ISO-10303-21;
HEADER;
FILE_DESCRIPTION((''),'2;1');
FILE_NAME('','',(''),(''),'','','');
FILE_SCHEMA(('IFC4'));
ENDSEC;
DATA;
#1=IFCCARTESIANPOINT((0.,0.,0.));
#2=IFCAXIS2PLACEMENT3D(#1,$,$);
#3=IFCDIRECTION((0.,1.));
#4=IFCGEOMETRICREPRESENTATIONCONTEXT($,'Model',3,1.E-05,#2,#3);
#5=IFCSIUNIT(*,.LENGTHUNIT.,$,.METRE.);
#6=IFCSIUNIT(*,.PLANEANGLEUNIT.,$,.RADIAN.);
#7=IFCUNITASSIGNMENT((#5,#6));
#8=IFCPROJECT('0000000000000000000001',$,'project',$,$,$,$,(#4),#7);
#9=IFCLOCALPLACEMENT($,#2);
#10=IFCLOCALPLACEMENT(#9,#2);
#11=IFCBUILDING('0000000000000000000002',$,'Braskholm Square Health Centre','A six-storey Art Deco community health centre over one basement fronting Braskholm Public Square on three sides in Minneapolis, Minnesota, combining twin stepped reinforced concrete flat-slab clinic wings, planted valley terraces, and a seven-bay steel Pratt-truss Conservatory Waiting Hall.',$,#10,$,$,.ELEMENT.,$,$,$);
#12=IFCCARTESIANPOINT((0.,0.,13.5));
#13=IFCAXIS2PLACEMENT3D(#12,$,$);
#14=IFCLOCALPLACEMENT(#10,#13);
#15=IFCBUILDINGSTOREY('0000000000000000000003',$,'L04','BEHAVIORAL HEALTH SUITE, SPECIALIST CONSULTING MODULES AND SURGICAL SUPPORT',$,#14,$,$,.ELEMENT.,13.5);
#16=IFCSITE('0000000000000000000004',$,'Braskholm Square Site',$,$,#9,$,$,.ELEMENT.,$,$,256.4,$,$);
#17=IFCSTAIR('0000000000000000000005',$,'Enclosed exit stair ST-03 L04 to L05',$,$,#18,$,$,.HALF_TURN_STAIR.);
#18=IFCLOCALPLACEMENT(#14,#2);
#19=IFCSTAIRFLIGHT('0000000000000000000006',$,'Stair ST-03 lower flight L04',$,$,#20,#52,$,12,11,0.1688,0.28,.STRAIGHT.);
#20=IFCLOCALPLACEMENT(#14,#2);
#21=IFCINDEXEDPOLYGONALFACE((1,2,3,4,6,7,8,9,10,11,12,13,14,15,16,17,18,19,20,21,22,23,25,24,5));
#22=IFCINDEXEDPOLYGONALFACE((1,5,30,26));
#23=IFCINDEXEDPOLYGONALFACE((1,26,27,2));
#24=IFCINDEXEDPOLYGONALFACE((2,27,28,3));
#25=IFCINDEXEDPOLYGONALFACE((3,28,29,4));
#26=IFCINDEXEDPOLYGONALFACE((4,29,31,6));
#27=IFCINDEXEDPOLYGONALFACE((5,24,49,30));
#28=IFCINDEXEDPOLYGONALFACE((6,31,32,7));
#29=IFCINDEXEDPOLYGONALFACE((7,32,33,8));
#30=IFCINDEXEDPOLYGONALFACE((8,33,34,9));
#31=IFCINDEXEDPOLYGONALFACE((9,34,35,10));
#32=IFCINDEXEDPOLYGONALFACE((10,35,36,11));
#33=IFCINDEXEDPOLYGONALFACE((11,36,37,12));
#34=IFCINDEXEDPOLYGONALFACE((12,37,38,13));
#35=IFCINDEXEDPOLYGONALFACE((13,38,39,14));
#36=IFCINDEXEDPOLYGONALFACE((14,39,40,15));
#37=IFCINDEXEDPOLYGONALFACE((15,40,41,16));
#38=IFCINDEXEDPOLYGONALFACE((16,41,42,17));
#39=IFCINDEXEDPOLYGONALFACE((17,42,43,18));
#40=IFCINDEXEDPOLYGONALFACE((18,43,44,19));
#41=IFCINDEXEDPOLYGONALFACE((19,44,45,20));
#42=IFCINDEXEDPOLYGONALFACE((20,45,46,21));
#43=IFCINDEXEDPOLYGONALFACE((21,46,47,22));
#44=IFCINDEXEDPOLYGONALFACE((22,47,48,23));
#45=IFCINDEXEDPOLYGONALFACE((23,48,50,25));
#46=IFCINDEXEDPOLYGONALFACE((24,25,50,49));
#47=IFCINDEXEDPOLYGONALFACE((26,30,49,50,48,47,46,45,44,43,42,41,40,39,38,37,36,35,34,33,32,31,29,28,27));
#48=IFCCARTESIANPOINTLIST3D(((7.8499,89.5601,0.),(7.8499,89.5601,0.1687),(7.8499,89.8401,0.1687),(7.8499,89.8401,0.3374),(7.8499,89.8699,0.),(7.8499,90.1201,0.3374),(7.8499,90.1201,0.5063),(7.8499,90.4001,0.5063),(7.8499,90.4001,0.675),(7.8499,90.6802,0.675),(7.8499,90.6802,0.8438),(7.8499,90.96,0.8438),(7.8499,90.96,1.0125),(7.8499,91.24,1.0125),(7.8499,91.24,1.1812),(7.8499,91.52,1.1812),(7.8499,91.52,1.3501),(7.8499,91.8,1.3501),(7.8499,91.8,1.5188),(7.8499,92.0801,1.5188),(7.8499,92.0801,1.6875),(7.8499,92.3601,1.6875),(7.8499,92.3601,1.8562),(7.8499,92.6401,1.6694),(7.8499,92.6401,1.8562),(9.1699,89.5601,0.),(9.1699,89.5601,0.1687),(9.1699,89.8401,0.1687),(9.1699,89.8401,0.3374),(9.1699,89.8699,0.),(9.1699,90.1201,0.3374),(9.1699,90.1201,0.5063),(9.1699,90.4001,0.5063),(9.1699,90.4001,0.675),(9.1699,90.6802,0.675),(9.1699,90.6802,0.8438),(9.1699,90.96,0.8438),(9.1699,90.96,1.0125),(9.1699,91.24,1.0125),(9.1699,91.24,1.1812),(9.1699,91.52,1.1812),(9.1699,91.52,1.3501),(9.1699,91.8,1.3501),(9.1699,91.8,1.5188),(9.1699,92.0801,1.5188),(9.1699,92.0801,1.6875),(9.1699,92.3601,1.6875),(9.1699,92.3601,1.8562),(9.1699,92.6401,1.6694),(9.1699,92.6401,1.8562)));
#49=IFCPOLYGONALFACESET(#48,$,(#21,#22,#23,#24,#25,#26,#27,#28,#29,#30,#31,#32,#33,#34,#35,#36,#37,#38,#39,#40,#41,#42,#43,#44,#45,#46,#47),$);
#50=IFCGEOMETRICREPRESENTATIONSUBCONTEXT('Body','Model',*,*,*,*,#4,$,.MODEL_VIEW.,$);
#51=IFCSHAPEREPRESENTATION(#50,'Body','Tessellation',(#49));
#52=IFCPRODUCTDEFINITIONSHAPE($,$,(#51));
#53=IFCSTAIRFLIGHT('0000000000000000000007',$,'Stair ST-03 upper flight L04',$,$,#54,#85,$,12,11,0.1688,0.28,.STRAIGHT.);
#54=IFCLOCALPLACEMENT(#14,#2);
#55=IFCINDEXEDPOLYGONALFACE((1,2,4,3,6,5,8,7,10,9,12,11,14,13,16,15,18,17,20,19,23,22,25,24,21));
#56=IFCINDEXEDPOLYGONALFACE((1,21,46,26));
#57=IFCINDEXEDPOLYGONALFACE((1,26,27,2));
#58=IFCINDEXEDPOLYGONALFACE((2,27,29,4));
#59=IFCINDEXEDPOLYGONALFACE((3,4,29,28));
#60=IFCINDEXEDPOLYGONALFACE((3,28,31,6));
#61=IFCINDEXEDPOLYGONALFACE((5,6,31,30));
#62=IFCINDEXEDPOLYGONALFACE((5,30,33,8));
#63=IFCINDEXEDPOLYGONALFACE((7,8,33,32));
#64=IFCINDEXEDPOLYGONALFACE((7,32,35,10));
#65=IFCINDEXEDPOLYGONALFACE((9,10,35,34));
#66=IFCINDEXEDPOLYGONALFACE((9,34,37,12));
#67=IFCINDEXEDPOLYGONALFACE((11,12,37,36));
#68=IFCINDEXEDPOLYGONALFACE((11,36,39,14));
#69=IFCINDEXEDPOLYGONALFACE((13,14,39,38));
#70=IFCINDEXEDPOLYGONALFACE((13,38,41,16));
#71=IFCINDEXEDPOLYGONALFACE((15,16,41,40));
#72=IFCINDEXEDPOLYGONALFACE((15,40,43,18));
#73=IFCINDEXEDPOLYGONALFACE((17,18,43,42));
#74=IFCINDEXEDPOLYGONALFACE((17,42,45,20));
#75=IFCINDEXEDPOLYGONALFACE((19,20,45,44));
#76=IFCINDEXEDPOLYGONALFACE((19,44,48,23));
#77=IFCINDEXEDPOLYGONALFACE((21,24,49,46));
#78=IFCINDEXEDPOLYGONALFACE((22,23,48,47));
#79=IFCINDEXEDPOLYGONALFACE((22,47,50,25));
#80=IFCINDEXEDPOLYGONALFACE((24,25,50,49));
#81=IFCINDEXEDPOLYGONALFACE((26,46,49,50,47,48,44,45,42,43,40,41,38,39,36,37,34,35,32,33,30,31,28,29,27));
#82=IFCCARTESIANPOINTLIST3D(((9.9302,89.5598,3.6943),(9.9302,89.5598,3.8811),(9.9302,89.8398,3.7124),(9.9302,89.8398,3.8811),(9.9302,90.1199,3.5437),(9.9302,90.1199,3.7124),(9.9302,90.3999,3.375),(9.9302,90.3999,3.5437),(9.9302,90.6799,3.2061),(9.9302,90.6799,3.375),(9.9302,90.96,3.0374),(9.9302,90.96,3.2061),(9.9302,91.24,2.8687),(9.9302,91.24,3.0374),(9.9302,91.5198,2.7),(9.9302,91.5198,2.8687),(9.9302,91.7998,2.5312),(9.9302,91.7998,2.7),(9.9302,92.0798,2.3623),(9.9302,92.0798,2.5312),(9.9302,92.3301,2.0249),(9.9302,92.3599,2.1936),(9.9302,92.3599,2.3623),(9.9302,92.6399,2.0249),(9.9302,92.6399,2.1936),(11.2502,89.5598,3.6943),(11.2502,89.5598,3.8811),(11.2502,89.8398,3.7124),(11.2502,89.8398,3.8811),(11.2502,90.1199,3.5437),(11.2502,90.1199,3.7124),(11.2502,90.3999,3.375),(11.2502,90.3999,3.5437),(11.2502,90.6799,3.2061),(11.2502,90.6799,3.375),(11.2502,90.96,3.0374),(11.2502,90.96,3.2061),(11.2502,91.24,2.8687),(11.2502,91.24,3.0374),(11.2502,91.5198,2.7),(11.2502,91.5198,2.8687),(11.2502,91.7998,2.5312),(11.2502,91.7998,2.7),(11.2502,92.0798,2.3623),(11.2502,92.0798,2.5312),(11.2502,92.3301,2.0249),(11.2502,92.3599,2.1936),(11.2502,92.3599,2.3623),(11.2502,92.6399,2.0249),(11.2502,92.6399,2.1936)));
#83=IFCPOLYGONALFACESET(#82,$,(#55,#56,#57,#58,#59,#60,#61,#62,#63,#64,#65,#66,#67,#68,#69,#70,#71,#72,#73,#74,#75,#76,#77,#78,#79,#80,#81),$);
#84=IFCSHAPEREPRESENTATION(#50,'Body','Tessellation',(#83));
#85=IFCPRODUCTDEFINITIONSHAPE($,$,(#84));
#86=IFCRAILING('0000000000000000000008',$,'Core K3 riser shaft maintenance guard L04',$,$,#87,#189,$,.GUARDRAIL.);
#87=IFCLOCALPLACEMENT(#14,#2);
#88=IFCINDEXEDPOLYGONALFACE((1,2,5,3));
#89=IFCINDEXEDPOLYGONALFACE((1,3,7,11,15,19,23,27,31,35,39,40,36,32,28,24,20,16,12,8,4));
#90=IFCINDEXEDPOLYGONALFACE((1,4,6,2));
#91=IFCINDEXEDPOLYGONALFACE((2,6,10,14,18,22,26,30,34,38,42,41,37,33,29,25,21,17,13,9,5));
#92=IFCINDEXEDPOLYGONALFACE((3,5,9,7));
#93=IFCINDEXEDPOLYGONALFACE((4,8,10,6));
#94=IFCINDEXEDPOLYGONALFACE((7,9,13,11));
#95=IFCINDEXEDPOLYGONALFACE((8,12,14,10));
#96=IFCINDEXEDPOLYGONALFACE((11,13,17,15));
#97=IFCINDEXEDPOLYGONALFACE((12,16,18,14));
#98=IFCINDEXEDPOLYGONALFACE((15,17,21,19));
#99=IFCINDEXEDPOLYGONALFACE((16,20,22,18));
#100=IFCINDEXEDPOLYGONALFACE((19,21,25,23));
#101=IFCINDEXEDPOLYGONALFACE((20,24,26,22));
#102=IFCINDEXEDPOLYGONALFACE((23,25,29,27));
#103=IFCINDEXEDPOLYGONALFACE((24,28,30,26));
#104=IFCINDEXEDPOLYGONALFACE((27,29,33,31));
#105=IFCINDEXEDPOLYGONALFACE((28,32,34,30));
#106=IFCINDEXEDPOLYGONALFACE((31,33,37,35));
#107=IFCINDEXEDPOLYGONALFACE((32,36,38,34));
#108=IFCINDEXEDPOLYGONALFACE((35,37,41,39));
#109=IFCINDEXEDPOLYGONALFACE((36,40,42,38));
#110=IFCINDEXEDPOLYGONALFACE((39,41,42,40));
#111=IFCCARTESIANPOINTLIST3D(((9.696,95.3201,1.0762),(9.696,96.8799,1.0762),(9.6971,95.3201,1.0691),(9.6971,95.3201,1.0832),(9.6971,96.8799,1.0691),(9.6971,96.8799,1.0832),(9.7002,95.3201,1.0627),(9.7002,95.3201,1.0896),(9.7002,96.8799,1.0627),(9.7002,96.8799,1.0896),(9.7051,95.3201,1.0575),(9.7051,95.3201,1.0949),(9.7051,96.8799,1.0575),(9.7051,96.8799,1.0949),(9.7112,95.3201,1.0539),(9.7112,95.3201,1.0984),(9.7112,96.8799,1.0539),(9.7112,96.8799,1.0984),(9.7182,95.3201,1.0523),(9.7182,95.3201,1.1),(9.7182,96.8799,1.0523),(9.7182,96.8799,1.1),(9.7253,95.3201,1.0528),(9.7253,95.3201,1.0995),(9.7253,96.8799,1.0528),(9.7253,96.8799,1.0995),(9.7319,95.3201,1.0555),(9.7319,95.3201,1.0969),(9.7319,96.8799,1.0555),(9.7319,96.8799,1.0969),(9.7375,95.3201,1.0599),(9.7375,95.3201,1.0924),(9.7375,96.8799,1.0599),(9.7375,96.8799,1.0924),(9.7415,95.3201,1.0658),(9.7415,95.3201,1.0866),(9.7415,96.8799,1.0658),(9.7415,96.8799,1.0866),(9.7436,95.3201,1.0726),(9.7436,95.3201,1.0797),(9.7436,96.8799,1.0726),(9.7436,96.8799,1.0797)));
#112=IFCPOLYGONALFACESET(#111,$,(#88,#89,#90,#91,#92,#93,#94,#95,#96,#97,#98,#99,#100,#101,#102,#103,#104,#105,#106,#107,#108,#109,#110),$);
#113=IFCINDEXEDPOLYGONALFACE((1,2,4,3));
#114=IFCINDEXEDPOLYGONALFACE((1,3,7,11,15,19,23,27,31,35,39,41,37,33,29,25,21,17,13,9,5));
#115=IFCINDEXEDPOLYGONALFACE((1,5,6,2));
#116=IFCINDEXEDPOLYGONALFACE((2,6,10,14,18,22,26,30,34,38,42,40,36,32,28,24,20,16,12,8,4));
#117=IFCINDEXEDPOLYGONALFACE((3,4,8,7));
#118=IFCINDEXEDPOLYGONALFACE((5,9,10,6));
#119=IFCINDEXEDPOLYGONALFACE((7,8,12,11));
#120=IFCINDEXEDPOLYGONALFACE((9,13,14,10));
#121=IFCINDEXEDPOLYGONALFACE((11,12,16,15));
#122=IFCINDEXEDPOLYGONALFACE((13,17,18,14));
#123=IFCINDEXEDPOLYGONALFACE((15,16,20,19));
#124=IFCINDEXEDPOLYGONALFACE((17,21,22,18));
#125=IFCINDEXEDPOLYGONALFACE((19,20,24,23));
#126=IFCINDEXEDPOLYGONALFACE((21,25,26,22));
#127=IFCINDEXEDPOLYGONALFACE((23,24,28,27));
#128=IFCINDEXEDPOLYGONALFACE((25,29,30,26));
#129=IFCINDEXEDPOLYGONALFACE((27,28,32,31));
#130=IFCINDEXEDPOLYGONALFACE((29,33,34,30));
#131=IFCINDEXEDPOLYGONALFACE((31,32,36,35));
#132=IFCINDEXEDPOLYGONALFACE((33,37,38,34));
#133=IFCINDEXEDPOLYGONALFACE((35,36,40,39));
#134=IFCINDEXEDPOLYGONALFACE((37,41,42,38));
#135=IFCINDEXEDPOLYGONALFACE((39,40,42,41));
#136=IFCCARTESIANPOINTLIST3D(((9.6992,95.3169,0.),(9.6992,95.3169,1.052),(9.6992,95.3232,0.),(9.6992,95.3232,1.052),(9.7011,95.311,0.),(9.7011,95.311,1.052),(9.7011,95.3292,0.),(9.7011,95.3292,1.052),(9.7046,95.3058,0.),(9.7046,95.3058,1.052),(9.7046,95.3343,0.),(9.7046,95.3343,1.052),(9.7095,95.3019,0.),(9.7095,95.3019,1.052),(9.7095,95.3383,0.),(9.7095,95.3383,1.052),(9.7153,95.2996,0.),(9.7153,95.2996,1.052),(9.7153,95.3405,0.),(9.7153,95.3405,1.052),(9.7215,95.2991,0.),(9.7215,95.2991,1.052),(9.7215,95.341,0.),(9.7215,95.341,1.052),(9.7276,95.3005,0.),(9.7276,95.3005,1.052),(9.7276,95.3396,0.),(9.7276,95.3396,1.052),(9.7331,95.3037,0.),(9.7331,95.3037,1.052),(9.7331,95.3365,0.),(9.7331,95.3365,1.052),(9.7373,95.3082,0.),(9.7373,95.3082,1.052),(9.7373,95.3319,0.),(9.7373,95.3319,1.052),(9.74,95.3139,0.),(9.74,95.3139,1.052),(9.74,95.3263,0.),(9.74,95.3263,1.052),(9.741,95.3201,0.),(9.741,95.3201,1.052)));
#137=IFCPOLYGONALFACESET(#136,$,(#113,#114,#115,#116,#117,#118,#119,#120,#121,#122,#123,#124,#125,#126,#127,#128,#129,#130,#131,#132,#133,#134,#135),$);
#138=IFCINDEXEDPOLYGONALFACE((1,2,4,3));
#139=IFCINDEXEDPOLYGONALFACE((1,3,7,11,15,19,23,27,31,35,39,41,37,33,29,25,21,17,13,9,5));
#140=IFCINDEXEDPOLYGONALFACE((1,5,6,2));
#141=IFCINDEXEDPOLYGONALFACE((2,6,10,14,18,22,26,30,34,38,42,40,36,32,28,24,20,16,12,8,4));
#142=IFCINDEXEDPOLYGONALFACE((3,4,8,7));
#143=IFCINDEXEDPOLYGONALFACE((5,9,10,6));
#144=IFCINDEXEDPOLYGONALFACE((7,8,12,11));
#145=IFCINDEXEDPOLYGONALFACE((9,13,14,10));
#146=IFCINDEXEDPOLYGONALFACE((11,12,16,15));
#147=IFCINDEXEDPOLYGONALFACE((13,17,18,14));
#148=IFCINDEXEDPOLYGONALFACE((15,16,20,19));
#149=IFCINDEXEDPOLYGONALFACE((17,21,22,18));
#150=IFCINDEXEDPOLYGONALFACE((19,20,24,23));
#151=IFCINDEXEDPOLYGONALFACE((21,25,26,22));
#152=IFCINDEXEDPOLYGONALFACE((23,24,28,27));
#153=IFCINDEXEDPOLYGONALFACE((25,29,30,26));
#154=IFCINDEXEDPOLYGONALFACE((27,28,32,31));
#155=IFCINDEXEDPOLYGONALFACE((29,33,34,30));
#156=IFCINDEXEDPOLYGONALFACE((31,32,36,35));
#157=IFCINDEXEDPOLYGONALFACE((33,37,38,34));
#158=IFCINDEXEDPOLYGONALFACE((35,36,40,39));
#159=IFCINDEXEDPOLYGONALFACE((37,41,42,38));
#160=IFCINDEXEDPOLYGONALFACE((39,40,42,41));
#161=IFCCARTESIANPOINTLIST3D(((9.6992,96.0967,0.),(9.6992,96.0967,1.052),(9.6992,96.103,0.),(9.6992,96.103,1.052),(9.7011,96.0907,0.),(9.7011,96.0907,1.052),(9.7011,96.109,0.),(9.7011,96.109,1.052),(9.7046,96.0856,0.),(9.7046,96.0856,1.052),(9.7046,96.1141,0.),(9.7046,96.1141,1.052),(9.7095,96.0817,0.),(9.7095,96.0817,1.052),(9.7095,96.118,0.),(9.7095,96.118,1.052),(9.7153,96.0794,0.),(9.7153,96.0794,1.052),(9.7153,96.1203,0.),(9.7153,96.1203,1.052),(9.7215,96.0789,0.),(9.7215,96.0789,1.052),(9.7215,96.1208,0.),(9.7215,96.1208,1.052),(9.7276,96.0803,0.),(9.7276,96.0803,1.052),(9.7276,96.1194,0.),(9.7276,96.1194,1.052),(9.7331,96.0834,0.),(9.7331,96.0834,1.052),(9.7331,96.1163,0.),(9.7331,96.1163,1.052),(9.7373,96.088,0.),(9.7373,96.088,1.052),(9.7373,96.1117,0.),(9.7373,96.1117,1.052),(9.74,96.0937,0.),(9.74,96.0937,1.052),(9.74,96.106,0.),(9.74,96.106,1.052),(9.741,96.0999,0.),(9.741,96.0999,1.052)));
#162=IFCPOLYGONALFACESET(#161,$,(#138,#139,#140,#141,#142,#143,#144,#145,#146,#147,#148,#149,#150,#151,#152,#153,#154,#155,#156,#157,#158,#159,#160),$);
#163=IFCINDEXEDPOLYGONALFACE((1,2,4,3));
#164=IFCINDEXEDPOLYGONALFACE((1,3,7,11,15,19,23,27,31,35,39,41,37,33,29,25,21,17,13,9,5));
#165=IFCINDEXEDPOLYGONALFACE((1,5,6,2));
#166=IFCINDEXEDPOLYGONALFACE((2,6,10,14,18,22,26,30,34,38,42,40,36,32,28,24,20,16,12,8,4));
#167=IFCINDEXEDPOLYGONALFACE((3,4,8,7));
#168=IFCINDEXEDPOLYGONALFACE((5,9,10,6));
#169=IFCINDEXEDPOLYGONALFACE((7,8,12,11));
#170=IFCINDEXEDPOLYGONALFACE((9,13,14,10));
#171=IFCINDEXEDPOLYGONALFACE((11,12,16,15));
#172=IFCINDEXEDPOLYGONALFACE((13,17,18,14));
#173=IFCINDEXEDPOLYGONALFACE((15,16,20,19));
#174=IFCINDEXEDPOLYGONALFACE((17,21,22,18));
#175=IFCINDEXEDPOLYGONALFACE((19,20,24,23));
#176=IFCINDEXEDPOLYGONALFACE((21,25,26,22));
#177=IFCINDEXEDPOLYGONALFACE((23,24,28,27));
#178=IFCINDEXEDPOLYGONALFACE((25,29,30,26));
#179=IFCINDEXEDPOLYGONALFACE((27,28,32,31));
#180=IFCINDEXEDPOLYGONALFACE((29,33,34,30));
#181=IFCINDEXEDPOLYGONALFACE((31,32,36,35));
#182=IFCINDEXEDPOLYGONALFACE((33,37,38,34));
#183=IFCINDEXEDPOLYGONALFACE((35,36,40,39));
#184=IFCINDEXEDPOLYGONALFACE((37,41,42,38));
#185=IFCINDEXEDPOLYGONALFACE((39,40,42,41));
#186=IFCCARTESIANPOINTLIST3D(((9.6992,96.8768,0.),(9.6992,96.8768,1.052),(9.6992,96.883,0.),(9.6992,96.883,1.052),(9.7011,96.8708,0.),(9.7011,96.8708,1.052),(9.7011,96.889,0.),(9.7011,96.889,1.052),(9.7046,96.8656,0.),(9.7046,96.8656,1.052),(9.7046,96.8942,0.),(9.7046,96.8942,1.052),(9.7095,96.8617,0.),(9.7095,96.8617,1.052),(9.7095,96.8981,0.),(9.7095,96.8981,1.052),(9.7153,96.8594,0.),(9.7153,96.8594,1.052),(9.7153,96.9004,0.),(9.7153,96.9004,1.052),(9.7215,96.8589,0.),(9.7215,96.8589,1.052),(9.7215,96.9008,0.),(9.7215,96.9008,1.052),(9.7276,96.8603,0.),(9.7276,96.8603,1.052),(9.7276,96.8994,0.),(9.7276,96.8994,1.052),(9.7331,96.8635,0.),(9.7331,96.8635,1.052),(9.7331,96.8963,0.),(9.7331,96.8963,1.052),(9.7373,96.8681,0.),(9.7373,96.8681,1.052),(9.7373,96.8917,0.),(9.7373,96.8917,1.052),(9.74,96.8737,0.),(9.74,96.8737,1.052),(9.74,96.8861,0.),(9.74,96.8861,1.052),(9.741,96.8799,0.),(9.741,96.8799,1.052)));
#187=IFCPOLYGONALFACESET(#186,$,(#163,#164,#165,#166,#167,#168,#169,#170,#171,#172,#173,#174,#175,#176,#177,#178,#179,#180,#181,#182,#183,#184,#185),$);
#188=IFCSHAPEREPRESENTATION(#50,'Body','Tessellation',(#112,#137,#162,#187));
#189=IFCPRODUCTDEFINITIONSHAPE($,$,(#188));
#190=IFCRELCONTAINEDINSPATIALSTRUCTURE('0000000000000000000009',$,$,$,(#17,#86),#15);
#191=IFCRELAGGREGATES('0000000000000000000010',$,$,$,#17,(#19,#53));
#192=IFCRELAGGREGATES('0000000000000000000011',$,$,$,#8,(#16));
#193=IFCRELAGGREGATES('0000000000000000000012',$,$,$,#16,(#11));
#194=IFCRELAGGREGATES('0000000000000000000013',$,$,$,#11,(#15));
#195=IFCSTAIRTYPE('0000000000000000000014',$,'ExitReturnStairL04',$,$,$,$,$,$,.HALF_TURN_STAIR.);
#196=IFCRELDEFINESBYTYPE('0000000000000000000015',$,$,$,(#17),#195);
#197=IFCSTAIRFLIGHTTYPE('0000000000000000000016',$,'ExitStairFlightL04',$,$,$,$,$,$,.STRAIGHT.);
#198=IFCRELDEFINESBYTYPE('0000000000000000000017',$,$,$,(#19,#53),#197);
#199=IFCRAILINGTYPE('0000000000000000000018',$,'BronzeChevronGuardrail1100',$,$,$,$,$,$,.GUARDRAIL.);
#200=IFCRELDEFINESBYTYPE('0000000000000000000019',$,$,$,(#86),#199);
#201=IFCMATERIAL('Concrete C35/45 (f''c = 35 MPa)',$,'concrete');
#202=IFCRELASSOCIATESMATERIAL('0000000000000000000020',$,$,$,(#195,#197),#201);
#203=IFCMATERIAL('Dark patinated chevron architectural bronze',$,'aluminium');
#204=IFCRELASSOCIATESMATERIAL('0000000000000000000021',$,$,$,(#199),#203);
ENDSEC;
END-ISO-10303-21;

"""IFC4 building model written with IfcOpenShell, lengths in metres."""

from ifc_helpers import new_model, si_unit, direction, frame, origin, origin_2d, place, context, subcontext, project, spatial, polyline, circle, outline, extrude, material, type_object, element, aggregate, save


model = new_model("IFC4")

# Units and contexts
model_context = context("Model", 3, precision=1e-05, world=origin(), true_north=direction((0.0, 1.0)))
body_context = subcontext(model_context, "Body", "Model", "MODEL_VIEW")
ifc_project = project(units=[si_unit("LENGTHUNIT", "METRE"), si_unit("PLANEANGLEUNIT", "RADIAN")], contexts=[model_context])

# Site, building, storey
site_placement = place(None, origin())
site = spatial("IfcSite", under=ifc_project, at=site_placement, Name="Braskholm Square Site", CompositionType="ELEMENT", RefElevation=256.4)
building_placement = place(site_placement, origin())
building = spatial("IfcBuilding", under=site, at=building_placement, Name="Braskholm Square Health Centre", Description="A six-storey Art Deco community health centre over one basement fronting Braskholm Public Square on three sides in Minneapolis, Minnesota, combining twin stepped reinforced concrete flat-slab clinic wings, planted valley terraces, and a seven-bay steel Pratt-truss Conservatory Waiting Hall.", CompositionType="ELEMENT")
storey_placement = place(building_placement, frame((0.0, 0.0, 13.5)))
storey = spatial("IfcBuildingStorey", under=building, at=storey_placement, Name="L04", Description="BEHAVIORAL HEALTH SUITE, SPECIALIST CONSULTING MODULES AND SURGICAL SUPPORT", CompositionType="ELEMENT", Elevation=13.5)

# Shared definitions
ifc_material_1 = material(Name="Concrete C35/45 (f'c = 35 MPa)", Category="concrete")

# Stair, stair flights
stair_type = type_object("IfcStairType", Name="ExitReturnStairL04", PredefinedType="HALF_TURN_STAIR", material=ifc_material_1)
stair_placement = place(storey_placement, origin())
stair = element("IfcStair", 1, at=stair_placement, inside=storey, type_object=stair_type, Name="Enclosed exit stair ST-03 L04 to L05", PredefinedType="HALF_TURN_STAIR")
stair_flight_type = type_object("IfcStairFlightType", Name="ExitStairFlightL04", PredefinedType="STRAIGHT", material=ifc_material_1)
stair_flight_1_placement = place(storey_placement, frame((8.51, 89.5601, 0.0), z_axis=(0.0, 0.0, 1.0), x_axis=(0.0, 1.0, 0.0)))
stair_flight_1 = element("IfcStairFlight", 2, at=stair_flight_1_placement, type_object=stair_flight_type, Name="Stair ST-03 lower flight L04", NumberOfRisers=12, NumberOfTreads=11, PredefinedType="STRAIGHT", RiserHeight=0.1688, TreadLength=0.28, context=body_context, shape_type="SweptSolid", body=[
    extrude(outline(polyline([(0.0, 0.0), (0.0, 0.1687), (0.28, 0.1687), (0.28, 0.3374), (0.5601, 0.3374), (0.5601, 0.5063), (0.8401, 0.5063), (0.8401, 0.675), (1.1201, 0.675), (1.1201, 0.8438), (1.3999, 0.8438), (1.3999, 1.0125), (1.6799, 1.0125), (1.6799, 1.1812), (1.96, 1.1812), (1.96, 1.3501), (2.24, 1.3501), (2.24, 1.5188), (2.52, 1.5188), (2.52, 1.6875), (2.8, 1.6875), (2.8, 1.8562), (3.0801, 1.8562), (3.0801, 2.0249), (3.0801, 1.6694), (0.3098, 0.0), (0.0, 0.0)])), frame((0.0, 0.6602, 0.0), z_axis=(0.0, -1.0, 0.0), x_axis=(1.0, 0.0, 0.0)), (0.0, 0.0, 1.0), 1.3201),
])
stair_flight_2_placement = place(storey_placement, frame((10.5901, 92.6399, 2.0249), z_axis=(0.0, 0.0, 1.0), x_axis=(0.0, -1.0, 0.0)))
stair_flight_2 = element("IfcStairFlight", 3, at=stair_flight_2_placement, type_object=stair_flight_type, Name="Stair ST-03 upper flight L04", NumberOfRisers=12, NumberOfTreads=11, PredefinedType="STRAIGHT", RiserHeight=0.1688, TreadLength=0.28, context=body_context, shape_type="SweptSolid", body=[
    extrude(outline(polyline([(0.0, 0.0), (0.0, 0.1687), (0.28, 0.1687), (0.28, 0.3374), (0.5601, 0.3374), (0.5601, 0.5063), (0.8401, 0.5063), (0.8401, 0.675), (1.1201, 0.675), (1.1201, 0.8438), (1.3999, 0.8438), (1.3999, 1.0125), (1.6799, 1.0125), (1.6799, 1.1812), (1.96, 1.1812), (1.96, 1.3501), (2.24, 1.3501), (2.24, 1.5188), (2.52, 1.5188), (2.52, 1.6875), (2.8, 1.6875), (2.8, 1.8562), (3.0801, 1.8562), (3.0801, 2.0249), (3.0801, 1.6694), (0.3098, 0.0), (0.0, 0.0)])), frame((0.0, 0.6602, 0.0), z_axis=(0.0, -1.0, 0.0), x_axis=(1.0, 0.0, 0.0)), (0.0, 0.0, 1.0), 1.3201),
])
aggregate(stair, [stair_flight_1, stair_flight_2])

# Railing
ifc_material_2 = material(Name="Dark patinated chevron architectural bronze", Category="aluminium")
railing_type_1 = type_object("IfcRailingType", Name="BronzeChevronGuardrail1100", PredefinedType="GUARDRAIL", material=ifc_material_2)
railing_1_placement = place(storey_placement, frame((9.72, 95.3201, 0.0)))
element("IfcRailing", 4, at=railing_1_placement, inside=storey, type_object=railing_type_1, Name="Core K3 riser shaft maintenance guard L04", PredefinedType="GUARDRAIL", context=body_context, shape_type="SweptSolid", body=[
    extrude(circle(Radius=0.0239, at=origin_2d()), frame((0.0, 0.0, 1.0762), z_axis=(0.0, 1.0, 0.0), x_axis=(-1.0, 0.0, 0.0)), (0.0, 0.0, 1.0), 1.5598),
    extrude(circle(Radius=0.021, at=origin_2d()), origin(), (0.0, 0.0, 1.0), 1.052),
    extrude(circle(Radius=0.021, at=origin_2d()), frame((0.0, 0.7798, 0.0)), (0.0, 0.0, 1.0), 1.052),
    extrude(circle(Radius=0.021, at=origin_2d()), frame((0.0, 1.5598, 0.0)), (0.0, 0.0, 1.0), 1.052),
])

save(model, "model.ifc")
